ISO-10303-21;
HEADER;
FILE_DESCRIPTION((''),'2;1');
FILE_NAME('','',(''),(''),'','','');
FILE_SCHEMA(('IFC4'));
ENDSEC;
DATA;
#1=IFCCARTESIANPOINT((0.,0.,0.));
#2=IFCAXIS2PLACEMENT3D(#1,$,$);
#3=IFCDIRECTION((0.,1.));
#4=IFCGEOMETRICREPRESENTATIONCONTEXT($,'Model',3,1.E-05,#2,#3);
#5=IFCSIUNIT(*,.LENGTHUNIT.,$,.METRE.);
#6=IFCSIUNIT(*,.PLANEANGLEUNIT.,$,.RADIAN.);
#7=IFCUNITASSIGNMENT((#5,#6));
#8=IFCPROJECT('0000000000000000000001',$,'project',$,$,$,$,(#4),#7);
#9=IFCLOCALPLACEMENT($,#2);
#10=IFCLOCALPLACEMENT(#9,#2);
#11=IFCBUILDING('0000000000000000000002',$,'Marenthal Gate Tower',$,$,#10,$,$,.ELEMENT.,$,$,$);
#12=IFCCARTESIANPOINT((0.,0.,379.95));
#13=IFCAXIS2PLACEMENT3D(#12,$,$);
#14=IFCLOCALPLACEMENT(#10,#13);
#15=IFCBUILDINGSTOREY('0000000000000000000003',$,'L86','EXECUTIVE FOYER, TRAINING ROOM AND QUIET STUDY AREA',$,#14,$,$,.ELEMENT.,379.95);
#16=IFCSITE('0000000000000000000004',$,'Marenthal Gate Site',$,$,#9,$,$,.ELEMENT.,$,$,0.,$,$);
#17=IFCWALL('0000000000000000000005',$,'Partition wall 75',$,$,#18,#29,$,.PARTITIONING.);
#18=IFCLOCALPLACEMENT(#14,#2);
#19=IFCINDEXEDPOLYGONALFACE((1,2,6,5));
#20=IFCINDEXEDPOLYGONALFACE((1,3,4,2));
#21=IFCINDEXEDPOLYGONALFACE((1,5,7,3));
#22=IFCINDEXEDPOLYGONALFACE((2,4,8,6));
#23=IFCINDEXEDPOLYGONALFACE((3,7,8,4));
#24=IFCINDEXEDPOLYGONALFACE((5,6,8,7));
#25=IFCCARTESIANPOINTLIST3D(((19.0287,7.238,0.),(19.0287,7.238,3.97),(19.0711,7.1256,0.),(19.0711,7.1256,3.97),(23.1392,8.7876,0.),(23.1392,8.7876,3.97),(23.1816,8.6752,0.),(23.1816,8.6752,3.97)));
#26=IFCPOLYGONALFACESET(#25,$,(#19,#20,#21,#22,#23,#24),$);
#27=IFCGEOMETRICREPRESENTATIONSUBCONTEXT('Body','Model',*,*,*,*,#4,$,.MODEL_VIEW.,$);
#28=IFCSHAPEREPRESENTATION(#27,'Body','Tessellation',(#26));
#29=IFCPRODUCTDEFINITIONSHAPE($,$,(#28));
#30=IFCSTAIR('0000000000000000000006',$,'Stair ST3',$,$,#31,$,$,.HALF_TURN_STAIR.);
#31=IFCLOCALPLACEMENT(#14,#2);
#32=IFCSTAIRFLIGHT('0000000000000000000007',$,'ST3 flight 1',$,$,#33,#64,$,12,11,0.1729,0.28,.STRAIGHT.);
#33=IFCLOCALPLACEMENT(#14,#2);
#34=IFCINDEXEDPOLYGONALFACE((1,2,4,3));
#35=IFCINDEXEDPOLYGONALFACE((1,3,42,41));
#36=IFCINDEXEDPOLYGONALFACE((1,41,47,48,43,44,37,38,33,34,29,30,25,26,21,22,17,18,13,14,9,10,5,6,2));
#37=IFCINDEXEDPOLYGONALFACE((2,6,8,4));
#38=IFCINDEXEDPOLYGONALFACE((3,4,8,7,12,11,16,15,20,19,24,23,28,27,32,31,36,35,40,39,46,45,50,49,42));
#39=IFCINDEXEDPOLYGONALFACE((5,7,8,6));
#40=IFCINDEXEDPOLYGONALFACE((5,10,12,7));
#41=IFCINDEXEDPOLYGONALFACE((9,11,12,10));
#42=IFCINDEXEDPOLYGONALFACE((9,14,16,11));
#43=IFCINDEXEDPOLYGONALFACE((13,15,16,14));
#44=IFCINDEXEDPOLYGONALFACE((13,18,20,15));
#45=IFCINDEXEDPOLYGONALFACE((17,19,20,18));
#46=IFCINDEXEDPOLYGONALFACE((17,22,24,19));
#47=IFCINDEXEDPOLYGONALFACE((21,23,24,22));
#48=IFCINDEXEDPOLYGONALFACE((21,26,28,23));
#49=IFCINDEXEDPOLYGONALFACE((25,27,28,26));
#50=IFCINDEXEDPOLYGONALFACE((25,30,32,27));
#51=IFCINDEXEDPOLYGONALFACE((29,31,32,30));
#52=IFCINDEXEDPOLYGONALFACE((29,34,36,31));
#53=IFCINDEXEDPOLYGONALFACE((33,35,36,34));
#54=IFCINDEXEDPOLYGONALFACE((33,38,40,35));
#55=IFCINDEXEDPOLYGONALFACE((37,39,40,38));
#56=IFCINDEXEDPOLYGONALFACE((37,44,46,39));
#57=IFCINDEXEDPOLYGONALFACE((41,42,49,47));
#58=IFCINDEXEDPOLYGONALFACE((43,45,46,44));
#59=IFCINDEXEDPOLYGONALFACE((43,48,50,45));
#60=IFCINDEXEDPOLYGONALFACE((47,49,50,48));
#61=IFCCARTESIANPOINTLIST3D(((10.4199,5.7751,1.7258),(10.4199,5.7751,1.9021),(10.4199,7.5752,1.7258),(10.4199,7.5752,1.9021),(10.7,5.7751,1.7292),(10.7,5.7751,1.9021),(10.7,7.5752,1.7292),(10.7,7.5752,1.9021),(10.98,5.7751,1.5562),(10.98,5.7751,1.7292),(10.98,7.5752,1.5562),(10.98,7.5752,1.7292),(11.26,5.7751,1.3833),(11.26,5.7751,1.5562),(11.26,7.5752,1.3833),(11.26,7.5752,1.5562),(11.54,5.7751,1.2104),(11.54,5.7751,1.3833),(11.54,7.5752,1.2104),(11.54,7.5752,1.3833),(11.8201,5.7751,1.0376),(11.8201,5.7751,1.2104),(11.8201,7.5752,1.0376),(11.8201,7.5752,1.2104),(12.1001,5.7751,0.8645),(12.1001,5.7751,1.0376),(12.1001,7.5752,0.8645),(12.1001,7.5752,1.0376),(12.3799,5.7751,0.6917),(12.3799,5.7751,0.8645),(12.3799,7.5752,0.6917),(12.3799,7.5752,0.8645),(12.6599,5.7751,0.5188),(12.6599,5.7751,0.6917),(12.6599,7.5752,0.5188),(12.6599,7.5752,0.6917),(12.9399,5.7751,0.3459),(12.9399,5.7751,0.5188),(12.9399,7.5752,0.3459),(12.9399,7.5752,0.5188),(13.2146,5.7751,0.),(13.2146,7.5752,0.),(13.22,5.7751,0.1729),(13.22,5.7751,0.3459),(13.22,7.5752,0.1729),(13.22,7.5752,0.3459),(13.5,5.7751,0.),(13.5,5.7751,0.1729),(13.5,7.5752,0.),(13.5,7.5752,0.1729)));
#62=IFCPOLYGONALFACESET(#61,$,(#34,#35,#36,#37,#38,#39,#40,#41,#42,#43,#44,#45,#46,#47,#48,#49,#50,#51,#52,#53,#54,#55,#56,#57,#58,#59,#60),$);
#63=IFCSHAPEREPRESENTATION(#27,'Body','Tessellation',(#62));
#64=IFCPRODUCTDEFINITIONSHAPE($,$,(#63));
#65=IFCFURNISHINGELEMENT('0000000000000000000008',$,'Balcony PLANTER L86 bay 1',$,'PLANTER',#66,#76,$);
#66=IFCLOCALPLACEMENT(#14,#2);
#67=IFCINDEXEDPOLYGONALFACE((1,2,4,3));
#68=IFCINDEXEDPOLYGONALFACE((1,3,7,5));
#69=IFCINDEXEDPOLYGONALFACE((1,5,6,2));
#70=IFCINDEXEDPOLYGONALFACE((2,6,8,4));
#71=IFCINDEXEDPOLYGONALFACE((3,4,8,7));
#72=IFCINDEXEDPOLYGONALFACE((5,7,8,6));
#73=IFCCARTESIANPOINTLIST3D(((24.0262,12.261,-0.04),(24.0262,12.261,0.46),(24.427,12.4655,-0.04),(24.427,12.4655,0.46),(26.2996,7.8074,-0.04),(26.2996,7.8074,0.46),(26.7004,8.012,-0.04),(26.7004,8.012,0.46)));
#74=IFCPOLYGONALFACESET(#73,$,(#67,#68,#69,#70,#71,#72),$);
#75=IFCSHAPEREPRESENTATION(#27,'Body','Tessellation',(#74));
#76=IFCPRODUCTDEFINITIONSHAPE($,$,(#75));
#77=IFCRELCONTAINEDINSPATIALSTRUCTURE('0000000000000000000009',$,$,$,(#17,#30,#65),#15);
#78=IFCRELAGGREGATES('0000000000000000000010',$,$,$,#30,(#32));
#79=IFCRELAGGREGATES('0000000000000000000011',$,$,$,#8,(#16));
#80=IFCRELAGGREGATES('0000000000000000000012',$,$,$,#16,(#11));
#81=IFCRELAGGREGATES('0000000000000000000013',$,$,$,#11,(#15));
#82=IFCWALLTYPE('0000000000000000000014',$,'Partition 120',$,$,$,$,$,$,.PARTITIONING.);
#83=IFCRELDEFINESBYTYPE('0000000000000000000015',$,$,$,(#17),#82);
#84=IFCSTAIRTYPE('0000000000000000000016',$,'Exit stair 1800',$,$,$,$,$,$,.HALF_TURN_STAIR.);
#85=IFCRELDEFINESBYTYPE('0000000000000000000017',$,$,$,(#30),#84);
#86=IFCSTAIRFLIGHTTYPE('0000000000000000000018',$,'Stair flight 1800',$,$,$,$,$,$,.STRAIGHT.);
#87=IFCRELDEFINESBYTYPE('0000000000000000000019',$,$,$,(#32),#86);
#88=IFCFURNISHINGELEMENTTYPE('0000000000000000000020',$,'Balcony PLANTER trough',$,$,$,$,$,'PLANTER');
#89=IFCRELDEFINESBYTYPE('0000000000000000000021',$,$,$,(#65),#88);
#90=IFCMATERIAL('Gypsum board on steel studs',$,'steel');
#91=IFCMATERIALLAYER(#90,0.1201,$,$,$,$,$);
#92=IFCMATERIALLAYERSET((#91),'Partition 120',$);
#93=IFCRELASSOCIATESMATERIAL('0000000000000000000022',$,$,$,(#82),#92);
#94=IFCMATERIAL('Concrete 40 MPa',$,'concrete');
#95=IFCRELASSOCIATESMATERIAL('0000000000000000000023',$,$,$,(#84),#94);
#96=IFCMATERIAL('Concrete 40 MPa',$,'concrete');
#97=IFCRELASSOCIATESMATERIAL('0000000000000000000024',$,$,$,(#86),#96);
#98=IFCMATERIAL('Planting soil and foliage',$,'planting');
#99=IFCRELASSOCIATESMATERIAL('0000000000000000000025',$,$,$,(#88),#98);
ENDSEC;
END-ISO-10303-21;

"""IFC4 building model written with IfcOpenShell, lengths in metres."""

from ifc_helpers import new_model, si_unit, direction, frame, frame_2d, origin, origin_2d, place, context, subcontext, project, spatial, polyline, rectangle, outline, extrude, material, layer, layer_set, type_object, element, aggregate, save


model = new_model("IFC4")

# Units and contexts
model_context = context("Model", 3, precision=1e-05, world=origin(), true_north=direction((0.0, 1.0)))
body_context = subcontext(model_context, "Body", "Model", "MODEL_VIEW")
ifc_project = project(units=[si_unit("LENGTHUNIT", "METRE"), si_unit("PLANEANGLEUNIT", "RADIAN")], contexts=[model_context])

# Site, building, storey
site_placement = place(None, origin())
site = spatial("IfcSite", under=ifc_project, at=site_placement, Name="Marenthal Gate Site", CompositionType="ELEMENT", RefElevation=0.0)
building_placement = place(site_placement, origin())
building = spatial("IfcBuilding", under=site, at=building_placement, Name="Marenthal Gate Tower", CompositionType="ELEMENT")
storey_placement = place(building_placement, frame((0.0, 0.0, 379.95)))
storey = spatial("IfcBuildingStorey", under=building, at=storey_placement, Name="L86", Description="EXECUTIVE FOYER, TRAINING ROOM AND QUIET STUDY AREA", CompositionType="ELEMENT", Elevation=379.95)

# Wall
ifc_material_1 = material(Name="Gypsum board on steel studs", Category="steel")
ifc_layer_1 = layer(ifc_material_1, 0.1201)
ifc_layer_set_1 = layer_set([ifc_layer_1], Name="Partition 120")
wall_type_1 = type_object("IfcWallType", Name="Partition 120", PredefinedType="PARTITIONING", material=ifc_layer_set_1)
wall_1_placement = place(storey_placement, frame((19.05, 7.1819, 0.0), z_axis=(0.0, 0.0, 1.0), x_axis=(0.935716, 0.352755, 0.0)))
element("IfcWall", 1, at=wall_1_placement, inside=storey, type_object=wall_type_1, Name="Partition wall 75", PredefinedType="PARTITIONING", context=body_context, shape_type="SweptSolid", body=[
    extrude(rectangle(XDim=4.3928, YDim=0.1201, at=frame_2d((2.1963, 0.0))), origin(), (0.0, 0.0, 1.0), 3.97),
])

# Stair, stair flight
ifc_material_2 = material(Name="Concrete 40 MPa", Category="concrete")
stair_type = type_object("IfcStairType", Name="Exit stair 1800", PredefinedType="HALF_TURN_STAIR", material=ifc_material_2)
stair_placement = place(storey_placement, origin())
stair = element("IfcStair", 2, at=stair_placement, inside=storey, type_object=stair_type, Name="Stair ST3", PredefinedType="HALF_TURN_STAIR")
ifc_material_3 = material(Name="Concrete 40 MPa", Category="concrete")
stair_flight_type = type_object("IfcStairFlightType", Name="Stair flight 1800", PredefinedType="STRAIGHT", material=ifc_material_3)
stair_flight_placement = place(storey_placement, frame((13.5, 6.675, 0.0), z_axis=(0.0, 0.0, 1.0), x_axis=(-1.0, 0.0, 0.0)))
stair_flight = element("IfcStairFlight", 3, at=stair_flight_placement, type_object=stair_flight_type, Name="ST3 flight 1", NumberOfRisers=12, NumberOfTreads=11, PredefinedType="STRAIGHT", RiserHeight=0.1729, TreadLength=0.28, context=body_context, shape_type="SweptSolid", body=[
    extrude(outline(polyline([(0.0, 0.0), (0.0, 0.1729), (0.28, 0.1729), (0.28, 0.3459), (0.5601, 0.3459), (0.5601, 0.5188), (0.8401, 0.5188), (0.8401, 0.6917), (1.1201, 0.6917), (1.1201, 0.8645), (1.3999, 0.8645), (1.3999, 1.0376), (1.6799, 1.0376), (1.6799, 1.2104), (1.96, 1.2104), (1.96, 1.3833), (2.24, 1.3833), (2.24, 1.5562), (2.52, 1.5562), (2.52, 1.7292), (2.8, 1.7292), (2.8, 1.9021), (3.0801, 1.9021), (3.0801, 2.075), (3.0801, 1.7258), (0.2854, 0.0), (0.0, 0.0)])), frame((0.0, 0.8999, 0.0), z_axis=(0.0, -1.0, 0.0), x_axis=(1.0, 0.0, 0.0)), (0.0, 0.0, 1.0), 1.8),
])
aggregate(stair, [stair_flight])

# Furnishing element
ifc_material_4 = material(Name="Planting soil and foliage", Category="planting")
furnishing_element_type = type_object("IfcFurnishingElementType", Name="Balcony PLANTER trough", ElementType="PLANTER", material=ifc_material_4)
furnishing_placement = place(storey_placement, frame((25.3633, 10.1365, -0.04), z_axis=(0.0, 0.0, 1.0), x_axis=(-0.454654, 0.890668, 0.0)))
element("IfcFurnishingElement", 4, at=furnishing_placement, inside=storey, type_object=furnishing_element_type, Name="Balcony PLANTER L86 bay 1", ObjectType="PLANTER", context=body_context, shape_type="SweptSolid", body=[
    extrude(rectangle(XDim=5.0002, YDim=0.45, at=origin_2d()), origin(), (0.0, 0.0, 1.0), 0.5),
])

save(model, "model.ifc")
